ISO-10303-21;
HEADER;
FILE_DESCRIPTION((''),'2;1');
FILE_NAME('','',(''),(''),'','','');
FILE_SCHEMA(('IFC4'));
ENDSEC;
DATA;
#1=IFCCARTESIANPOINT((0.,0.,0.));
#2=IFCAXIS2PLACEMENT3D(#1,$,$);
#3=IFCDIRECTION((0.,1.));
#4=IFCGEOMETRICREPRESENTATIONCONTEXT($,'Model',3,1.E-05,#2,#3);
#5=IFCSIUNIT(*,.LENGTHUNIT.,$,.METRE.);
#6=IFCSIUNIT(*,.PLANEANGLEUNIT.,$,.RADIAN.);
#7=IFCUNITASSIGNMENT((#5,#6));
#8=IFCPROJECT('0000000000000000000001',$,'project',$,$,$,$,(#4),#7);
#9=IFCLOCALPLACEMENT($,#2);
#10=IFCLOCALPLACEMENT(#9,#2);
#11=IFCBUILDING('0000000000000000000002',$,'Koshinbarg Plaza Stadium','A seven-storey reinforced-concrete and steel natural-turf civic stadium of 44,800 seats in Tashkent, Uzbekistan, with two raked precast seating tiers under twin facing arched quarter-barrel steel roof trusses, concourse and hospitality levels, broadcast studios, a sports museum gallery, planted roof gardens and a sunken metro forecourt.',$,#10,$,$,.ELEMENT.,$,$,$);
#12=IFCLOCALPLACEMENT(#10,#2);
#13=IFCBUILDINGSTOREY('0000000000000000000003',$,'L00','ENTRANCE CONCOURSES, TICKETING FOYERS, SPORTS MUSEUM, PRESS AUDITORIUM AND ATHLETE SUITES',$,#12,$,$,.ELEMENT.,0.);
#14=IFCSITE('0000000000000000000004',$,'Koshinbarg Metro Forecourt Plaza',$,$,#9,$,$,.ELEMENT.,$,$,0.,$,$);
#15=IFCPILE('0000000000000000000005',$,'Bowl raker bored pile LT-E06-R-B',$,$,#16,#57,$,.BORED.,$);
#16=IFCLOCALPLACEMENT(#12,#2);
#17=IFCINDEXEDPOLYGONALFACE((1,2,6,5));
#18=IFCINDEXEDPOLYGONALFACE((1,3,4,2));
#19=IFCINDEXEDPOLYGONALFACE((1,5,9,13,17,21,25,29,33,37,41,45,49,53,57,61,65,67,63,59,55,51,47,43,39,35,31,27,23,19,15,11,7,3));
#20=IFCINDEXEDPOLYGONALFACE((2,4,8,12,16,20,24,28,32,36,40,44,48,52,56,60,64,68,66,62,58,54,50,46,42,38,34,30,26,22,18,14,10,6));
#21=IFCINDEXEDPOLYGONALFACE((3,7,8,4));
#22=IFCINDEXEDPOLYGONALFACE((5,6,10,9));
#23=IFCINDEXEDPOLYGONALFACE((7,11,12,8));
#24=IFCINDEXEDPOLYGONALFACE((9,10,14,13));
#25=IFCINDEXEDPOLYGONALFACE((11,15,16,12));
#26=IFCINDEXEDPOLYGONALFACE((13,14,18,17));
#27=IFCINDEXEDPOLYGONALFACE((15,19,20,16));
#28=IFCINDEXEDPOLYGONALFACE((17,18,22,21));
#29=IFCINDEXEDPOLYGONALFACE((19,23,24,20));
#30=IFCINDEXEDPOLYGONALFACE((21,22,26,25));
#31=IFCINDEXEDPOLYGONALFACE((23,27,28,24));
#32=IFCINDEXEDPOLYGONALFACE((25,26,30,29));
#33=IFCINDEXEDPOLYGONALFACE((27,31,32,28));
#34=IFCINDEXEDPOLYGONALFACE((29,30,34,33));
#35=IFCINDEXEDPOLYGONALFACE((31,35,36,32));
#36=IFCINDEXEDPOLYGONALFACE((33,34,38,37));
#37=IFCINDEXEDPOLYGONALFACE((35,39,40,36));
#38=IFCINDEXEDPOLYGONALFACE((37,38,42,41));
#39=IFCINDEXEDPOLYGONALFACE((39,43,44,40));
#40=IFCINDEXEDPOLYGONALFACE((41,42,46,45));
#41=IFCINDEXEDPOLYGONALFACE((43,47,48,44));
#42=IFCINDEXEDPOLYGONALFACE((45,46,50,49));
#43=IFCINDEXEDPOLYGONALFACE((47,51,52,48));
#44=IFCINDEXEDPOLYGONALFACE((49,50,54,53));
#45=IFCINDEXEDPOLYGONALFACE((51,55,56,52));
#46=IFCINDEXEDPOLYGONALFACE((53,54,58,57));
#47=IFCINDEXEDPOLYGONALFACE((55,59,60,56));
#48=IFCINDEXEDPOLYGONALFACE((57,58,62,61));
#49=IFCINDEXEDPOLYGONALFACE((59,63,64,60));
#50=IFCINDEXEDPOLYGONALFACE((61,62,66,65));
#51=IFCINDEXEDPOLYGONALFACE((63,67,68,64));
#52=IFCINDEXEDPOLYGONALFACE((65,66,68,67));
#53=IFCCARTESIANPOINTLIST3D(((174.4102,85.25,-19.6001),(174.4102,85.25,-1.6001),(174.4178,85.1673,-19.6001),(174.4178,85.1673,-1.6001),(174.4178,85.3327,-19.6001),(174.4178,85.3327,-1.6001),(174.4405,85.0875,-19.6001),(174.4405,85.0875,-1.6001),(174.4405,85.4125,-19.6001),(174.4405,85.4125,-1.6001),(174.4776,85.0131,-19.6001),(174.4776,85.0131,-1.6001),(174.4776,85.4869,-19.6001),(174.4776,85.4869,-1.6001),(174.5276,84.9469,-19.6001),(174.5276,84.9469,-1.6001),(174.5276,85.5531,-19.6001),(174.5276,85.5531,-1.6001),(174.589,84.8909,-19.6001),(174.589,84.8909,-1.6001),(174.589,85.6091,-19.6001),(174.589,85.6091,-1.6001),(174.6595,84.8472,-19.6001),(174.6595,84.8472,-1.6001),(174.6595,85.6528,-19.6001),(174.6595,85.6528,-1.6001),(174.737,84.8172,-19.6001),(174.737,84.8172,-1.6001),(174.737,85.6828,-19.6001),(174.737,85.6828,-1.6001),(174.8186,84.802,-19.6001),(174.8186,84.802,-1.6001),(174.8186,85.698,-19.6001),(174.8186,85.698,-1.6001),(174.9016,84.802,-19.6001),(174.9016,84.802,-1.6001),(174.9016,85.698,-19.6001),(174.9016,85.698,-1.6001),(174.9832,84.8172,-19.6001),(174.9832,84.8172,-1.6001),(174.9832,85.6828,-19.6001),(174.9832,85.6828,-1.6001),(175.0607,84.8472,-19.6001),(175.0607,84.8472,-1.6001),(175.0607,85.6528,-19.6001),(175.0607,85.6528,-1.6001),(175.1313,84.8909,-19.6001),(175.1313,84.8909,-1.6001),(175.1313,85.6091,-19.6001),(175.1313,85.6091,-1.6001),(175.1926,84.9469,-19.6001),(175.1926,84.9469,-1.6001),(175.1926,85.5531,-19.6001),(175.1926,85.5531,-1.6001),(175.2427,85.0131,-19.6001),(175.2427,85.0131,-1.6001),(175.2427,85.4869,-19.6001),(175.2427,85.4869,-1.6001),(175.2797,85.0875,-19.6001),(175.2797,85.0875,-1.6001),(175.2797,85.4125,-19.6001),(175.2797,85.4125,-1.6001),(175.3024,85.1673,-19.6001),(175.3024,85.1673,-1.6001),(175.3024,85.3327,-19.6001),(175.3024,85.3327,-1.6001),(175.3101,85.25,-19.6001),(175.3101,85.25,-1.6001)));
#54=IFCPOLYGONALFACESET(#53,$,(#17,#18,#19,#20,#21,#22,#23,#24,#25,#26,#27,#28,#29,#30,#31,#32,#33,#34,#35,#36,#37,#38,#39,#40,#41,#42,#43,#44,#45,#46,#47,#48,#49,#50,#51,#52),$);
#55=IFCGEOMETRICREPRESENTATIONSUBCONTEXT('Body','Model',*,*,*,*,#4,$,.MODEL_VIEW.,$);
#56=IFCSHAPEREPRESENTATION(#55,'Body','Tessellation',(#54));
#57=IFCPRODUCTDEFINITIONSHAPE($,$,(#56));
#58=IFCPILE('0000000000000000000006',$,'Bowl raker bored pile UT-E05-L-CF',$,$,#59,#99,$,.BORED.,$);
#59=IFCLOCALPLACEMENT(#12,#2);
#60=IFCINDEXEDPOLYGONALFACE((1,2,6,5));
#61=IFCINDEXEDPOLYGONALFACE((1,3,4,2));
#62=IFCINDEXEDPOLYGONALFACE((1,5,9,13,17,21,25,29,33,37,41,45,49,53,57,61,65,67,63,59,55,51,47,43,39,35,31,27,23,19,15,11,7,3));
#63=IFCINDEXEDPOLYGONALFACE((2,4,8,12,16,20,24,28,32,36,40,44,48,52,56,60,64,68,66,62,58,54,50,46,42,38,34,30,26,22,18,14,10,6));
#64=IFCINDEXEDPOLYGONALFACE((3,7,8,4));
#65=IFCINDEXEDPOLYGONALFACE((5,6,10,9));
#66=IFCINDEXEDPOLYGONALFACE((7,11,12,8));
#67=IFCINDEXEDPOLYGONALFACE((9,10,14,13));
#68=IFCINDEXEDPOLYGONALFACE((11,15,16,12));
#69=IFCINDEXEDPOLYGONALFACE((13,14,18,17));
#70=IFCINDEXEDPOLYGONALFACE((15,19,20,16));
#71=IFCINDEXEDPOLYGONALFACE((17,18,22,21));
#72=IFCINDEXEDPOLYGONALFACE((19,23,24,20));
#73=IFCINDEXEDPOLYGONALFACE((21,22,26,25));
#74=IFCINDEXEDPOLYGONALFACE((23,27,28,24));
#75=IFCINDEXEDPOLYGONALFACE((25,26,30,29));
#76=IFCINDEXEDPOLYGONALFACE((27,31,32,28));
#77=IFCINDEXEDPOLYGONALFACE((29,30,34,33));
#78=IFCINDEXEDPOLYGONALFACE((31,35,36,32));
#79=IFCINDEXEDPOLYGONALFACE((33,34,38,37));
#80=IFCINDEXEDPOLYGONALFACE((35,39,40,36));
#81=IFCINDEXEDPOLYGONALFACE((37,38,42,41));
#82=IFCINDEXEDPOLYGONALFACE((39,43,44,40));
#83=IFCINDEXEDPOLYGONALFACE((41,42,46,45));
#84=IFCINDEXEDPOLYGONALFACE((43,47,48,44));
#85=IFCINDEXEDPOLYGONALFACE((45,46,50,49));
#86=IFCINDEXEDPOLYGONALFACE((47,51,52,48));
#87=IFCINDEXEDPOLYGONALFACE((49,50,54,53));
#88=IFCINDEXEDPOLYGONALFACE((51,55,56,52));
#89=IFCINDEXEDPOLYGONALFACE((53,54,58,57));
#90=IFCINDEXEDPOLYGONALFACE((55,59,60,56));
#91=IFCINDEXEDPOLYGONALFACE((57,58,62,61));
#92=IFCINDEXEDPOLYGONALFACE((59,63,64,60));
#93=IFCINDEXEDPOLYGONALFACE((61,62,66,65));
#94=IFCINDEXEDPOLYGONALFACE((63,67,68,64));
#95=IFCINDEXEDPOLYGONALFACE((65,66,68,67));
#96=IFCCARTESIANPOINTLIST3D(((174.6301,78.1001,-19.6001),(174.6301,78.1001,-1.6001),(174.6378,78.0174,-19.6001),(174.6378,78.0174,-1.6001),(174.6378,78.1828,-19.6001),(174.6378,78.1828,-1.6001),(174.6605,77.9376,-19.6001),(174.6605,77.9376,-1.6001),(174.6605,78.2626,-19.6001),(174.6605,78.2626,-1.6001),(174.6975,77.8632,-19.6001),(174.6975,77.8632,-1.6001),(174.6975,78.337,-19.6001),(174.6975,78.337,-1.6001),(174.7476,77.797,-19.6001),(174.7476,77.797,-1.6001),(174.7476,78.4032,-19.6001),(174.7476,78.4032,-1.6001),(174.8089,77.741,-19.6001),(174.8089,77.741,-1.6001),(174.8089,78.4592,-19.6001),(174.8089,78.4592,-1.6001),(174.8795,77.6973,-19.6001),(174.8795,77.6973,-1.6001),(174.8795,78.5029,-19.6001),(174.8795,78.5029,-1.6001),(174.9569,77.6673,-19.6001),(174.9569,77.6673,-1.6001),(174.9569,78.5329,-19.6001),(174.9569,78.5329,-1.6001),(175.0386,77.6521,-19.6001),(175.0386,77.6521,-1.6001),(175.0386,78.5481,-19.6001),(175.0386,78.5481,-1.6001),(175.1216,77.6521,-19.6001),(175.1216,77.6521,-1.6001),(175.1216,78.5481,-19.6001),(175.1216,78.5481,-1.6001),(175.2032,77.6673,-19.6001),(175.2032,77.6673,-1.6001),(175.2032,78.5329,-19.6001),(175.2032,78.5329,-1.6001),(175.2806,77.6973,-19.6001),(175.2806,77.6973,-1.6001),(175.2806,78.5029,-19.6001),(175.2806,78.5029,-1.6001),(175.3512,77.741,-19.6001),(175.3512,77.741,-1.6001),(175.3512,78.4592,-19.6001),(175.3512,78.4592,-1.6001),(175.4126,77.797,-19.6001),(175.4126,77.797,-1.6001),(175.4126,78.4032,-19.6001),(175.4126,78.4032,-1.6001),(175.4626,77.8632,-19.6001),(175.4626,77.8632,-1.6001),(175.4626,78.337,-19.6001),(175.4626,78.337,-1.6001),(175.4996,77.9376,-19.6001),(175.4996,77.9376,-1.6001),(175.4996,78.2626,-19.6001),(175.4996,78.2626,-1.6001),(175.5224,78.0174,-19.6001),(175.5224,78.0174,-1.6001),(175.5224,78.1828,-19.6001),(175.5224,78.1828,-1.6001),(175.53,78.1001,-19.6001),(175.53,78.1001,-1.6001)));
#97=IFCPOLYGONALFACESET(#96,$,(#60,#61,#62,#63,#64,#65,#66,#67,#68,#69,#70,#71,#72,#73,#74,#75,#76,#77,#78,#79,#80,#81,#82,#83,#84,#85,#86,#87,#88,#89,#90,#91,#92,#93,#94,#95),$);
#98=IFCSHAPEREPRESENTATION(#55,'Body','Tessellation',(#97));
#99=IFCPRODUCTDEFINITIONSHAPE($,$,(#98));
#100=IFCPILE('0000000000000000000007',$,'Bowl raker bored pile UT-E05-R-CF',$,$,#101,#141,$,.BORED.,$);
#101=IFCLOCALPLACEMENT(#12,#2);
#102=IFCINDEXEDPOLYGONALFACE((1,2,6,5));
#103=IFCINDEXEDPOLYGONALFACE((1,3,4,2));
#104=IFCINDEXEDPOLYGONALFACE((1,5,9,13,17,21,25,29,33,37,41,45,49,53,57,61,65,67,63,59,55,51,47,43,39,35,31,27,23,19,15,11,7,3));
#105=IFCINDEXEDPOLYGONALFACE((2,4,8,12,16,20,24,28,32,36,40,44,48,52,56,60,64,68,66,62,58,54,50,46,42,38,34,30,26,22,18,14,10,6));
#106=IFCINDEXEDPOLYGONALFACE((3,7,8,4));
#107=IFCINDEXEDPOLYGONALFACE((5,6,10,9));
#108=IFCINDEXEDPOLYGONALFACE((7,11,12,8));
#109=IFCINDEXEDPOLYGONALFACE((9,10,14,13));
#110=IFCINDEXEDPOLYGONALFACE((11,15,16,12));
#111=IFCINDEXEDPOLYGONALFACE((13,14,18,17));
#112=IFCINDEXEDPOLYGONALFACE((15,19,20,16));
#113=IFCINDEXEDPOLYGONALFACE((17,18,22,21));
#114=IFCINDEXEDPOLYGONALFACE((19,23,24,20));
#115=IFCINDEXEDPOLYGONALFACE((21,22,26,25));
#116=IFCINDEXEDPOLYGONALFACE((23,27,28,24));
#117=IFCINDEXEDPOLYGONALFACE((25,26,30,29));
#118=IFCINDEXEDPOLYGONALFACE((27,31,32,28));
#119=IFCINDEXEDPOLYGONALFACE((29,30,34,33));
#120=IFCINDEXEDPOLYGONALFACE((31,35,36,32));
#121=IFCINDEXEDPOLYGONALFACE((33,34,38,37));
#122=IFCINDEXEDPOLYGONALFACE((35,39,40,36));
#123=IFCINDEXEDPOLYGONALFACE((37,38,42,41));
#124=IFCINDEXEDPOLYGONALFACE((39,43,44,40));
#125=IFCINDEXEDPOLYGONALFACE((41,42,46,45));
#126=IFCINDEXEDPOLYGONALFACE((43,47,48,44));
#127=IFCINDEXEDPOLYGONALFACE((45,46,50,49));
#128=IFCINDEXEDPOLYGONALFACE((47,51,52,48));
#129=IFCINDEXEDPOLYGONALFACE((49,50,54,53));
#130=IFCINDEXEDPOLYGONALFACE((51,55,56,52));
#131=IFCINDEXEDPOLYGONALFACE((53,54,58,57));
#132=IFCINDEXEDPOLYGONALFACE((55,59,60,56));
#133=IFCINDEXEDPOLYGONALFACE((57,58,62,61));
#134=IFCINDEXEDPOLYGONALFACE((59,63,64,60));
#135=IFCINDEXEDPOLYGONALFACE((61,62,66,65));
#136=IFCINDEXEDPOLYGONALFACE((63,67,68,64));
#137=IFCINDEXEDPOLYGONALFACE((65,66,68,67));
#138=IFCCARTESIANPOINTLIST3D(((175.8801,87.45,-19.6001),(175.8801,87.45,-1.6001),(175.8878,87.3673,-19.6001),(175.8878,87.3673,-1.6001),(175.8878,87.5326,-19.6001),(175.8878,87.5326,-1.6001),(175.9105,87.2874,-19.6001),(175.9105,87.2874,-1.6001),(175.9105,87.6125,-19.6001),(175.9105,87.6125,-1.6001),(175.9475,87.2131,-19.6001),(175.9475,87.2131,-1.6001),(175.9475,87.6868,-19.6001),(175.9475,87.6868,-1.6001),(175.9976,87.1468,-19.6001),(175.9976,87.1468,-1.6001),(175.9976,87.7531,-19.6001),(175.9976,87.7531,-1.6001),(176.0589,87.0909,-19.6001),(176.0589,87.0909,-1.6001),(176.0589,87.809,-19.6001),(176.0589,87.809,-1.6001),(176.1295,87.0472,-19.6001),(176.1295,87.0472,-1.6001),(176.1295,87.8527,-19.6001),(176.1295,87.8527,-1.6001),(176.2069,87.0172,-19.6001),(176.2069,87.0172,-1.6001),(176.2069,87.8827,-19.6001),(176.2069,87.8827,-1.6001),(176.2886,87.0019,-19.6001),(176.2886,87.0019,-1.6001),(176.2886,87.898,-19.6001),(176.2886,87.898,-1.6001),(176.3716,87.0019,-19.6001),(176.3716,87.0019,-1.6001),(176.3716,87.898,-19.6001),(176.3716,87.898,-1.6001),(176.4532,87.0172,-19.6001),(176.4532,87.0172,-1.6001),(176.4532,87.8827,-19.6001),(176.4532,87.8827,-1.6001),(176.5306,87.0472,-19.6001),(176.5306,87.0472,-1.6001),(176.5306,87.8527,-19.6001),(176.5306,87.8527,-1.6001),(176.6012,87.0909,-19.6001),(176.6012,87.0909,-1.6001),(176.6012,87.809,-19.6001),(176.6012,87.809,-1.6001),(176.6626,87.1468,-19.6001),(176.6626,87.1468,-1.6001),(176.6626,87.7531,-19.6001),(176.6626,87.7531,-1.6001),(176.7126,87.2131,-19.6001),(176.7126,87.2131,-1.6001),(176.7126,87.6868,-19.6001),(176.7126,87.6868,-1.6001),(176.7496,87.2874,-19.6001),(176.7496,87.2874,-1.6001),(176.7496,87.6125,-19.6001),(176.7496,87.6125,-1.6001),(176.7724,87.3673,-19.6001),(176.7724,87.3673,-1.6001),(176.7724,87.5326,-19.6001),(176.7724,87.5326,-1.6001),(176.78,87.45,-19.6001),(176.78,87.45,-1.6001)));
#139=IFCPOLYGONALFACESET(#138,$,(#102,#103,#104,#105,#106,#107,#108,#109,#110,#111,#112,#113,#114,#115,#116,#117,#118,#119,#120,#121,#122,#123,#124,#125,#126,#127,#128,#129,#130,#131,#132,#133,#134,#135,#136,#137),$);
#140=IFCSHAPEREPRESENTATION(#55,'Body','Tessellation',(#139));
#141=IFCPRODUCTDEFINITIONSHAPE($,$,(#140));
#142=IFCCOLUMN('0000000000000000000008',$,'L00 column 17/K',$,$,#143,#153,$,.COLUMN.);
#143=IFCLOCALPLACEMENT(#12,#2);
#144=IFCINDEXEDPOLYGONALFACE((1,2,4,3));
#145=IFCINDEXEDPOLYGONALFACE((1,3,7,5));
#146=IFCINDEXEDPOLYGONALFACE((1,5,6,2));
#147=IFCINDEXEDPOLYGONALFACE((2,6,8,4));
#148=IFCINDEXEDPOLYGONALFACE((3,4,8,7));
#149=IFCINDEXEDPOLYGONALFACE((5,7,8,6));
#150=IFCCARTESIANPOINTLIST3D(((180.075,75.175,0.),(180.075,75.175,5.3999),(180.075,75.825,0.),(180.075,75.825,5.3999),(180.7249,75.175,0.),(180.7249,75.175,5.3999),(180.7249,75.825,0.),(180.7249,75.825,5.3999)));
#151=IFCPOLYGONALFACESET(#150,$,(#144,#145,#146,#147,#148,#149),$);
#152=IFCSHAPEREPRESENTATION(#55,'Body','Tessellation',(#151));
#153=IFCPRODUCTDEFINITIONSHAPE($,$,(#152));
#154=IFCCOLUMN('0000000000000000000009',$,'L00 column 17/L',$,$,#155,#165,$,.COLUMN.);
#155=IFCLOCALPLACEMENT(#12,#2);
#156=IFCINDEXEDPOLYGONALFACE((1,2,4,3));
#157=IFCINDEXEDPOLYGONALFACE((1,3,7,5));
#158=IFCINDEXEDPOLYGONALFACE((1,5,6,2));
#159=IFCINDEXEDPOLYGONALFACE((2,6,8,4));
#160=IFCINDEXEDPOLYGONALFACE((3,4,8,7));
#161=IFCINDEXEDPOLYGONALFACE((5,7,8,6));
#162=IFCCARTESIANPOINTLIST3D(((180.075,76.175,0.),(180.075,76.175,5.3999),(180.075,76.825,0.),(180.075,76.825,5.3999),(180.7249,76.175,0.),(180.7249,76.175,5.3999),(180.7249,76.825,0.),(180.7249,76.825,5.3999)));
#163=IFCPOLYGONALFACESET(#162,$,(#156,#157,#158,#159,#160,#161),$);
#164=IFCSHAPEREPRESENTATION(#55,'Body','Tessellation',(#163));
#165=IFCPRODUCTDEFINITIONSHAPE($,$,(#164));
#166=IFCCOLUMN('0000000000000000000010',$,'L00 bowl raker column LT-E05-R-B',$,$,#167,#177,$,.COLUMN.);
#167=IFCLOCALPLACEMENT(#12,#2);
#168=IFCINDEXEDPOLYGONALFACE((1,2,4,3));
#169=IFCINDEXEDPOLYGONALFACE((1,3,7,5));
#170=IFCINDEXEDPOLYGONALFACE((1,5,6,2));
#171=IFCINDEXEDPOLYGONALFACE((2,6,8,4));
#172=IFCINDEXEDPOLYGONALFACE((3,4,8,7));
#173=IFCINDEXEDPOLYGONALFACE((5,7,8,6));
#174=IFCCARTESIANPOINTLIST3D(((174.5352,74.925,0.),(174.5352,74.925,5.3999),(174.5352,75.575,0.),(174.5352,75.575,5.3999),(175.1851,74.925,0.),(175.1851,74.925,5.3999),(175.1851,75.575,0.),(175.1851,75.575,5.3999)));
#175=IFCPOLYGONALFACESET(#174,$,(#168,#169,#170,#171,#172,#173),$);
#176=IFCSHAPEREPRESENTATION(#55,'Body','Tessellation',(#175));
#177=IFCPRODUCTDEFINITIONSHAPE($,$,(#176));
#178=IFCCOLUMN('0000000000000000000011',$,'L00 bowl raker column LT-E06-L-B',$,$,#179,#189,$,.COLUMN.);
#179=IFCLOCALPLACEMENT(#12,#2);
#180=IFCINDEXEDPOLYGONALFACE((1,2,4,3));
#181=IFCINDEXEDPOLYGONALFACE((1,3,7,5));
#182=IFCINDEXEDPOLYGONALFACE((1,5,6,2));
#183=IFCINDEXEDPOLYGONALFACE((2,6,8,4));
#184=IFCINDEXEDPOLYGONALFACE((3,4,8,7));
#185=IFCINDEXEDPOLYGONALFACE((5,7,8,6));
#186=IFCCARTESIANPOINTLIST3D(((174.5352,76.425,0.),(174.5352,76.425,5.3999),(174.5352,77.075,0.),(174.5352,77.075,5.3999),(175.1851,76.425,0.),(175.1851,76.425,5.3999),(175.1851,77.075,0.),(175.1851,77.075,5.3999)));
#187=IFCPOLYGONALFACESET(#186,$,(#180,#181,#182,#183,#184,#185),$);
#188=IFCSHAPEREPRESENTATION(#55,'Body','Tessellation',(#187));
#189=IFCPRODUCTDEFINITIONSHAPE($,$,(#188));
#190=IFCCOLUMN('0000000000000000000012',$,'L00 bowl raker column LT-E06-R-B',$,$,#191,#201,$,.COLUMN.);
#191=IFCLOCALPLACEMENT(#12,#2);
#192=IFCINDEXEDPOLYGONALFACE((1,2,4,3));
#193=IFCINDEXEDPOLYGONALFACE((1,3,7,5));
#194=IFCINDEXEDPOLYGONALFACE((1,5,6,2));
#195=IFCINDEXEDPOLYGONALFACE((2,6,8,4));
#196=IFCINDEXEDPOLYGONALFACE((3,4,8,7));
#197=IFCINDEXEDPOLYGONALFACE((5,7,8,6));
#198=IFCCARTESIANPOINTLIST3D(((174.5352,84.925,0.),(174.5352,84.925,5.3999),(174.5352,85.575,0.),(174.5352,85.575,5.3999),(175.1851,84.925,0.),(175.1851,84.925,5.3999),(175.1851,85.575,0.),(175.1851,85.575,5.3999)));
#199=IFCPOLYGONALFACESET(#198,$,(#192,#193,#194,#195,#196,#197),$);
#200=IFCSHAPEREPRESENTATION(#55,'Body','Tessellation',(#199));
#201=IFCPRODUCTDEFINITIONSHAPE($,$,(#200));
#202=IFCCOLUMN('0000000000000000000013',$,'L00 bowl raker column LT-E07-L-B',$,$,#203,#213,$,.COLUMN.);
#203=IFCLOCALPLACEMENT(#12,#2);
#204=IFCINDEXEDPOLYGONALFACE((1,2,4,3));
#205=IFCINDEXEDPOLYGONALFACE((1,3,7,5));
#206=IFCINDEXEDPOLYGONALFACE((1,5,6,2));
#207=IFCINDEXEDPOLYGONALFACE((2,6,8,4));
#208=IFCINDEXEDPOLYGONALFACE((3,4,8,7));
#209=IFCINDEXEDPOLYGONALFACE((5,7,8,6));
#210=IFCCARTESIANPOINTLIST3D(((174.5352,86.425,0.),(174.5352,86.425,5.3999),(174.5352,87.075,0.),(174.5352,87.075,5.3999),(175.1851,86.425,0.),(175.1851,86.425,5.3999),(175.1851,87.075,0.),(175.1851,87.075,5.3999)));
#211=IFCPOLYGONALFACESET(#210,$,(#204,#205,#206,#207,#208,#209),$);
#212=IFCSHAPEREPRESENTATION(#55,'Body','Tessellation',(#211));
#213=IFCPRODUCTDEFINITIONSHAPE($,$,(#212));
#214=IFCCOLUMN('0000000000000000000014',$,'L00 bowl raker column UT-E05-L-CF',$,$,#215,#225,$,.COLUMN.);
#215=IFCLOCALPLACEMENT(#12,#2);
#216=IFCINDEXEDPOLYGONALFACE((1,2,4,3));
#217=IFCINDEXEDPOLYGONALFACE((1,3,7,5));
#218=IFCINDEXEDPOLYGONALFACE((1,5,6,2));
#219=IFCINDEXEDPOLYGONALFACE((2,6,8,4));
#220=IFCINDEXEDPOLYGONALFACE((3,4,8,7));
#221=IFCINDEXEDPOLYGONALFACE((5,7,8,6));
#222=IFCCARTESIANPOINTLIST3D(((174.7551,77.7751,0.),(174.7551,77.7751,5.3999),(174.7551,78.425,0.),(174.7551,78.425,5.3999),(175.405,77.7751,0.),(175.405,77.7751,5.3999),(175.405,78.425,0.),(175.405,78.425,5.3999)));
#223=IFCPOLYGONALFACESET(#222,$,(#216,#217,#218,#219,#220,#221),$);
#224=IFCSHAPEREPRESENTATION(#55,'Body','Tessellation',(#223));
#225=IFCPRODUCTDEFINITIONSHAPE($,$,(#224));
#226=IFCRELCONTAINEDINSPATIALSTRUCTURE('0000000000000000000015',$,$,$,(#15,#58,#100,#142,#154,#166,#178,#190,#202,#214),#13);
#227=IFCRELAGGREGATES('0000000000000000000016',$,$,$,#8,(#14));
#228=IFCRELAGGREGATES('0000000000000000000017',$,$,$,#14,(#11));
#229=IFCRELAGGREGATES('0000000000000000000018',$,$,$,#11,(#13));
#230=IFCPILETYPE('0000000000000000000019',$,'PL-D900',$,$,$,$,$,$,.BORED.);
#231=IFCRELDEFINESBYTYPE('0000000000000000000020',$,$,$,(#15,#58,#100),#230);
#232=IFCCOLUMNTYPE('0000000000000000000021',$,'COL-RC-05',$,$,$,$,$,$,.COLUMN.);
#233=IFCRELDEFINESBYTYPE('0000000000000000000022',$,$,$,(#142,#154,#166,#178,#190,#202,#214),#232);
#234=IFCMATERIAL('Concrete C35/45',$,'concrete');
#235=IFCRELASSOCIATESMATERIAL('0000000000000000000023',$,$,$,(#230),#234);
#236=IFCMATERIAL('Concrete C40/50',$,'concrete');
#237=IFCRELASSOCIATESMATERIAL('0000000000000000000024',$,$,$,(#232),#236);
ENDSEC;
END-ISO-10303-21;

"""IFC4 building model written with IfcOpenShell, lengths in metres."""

from ifc_helpers import new_model, si_unit, direction, frame, origin, origin_2d, place, context, subcontext, project, spatial, rectangle, circle, extrude, material, material_profile, profile_set, type_object, element, save


model = new_model("IFC4")

# Units and contexts
model_context = context("Model", 3, precision=1e-05, world=origin(), true_north=direction((0.0, 1.0)))
body_context = subcontext(model_context, "Body", "Model", "MODEL_VIEW")
ifc_project = project(units=[si_unit("LENGTHUNIT", "METRE"), si_unit("PLANEANGLEUNIT", "RADIAN")], contexts=[model_context])

# Site, building, storey
site_placement = place(None, origin())
site = spatial("IfcSite", under=ifc_project, at=site_placement, Name="Koshinbarg Metro Forecourt Plaza", CompositionType="ELEMENT", RefElevation=0.0)
building_placement = place(site_placement, origin())
building = spatial("IfcBuilding", under=site, at=building_placement, Name="Koshinbarg Plaza Stadium", Description="A seven-storey reinforced-concrete and steel natural-turf civic stadium of 44,800 seats in Tashkent, Uzbekistan, with two raked precast seating tiers under twin facing arched quarter-barrel steel roof trusses, concourse and hospitality levels, broadcast studios, a sports museum gallery, planted roof gardens and a sunken metro forecourt.", CompositionType="ELEMENT")
storey_placement = place(building_placement, origin())
storey = spatial("IfcBuildingStorey", under=building, at=storey_placement, Name="L00", Description="ENTRANCE CONCOURSES, TICKETING FOYERS, SPORTS MUSEUM, PRESS AUDITORIUM AND ATHLETE SUITES", CompositionType="ELEMENT", Elevation=0.0)

# Shared definitions
ifc_material_1 = material(Name="Concrete C35/45", Category="concrete")

# Piles
ifc_material_profile_1 = material_profile(ifc_material_1, circle(Radius=0.45, at=origin_2d()), Name="PILE D900")
ifc_profile_set_1 = profile_set([ifc_material_profile_1], Name="Concrete C35/45")
pile_type_1 = type_object("IfcPileType", Name="PL-D900", PredefinedType="BORED", material=ifc_profile_set_1)
for number, where, z_axis, x_axis, name in (
    (1, (174.8601, 85.25, -1.6001), (0.0, 0.0, -1.0), (1.0, 0.0, 0.0), "Bowl raker bored pile LT-E06-R-B"),
    (2, (175.0801, 78.1001, -1.6001), (0.0, 0.0, -1.0), (1.0, 0.0, 0.0), "Bowl raker bored pile UT-E05-L-CF"),
    (3, (176.3301, 87.45, -1.6001), (0.0, 0.0, -1.0), (1.0, 0.0, 0.0), "Bowl raker bored pile UT-E05-R-CF"),
):
    element("IfcPile", number, at=place(storey_placement, frame(where, z_axis=z_axis, x_axis=x_axis)), inside=storey, type_object=pile_type_1, Name=name, PredefinedType="BORED", context=body_context, shape_type="SweptSolid", body=[
        extrude(circle(Radius=0.45, at=origin_2d()), origin(), (0.0, 0.0, 1.0), 18.0),
    ])

# Columns
ifc_material_2 = material(Name="Concrete C40/50", Category="concrete")
ifc_material_profile_2 = material_profile(ifc_material_2, rectangle(XDim=0.6499, YDim=0.6499, at=origin_2d()), Name="RC 650x650")
ifc_profile_set_2 = profile_set([ifc_material_profile_2], Name="Concrete C40/50")
column_type_1 = type_object("IfcColumnType", Name="COL-RC-05", PredefinedType="COLUMN", material=ifc_profile_set_2)
for number, where, z_axis, x_axis, name in (
    (4, (180.3999, 75.5, 0.0), (0.0, 0.0, 1.0), (1.0, 0.0, 0.0), "L00 column 17/K"),
    (5, (180.3999, 76.5, 0.0), (0.0, 0.0, 1.0), (1.0, 0.0, 0.0), "L00 column 17/L"),
    (6, (174.8601, 75.25, 0.0), (0.0, 0.0, 1.0), (1.0, 0.0, 0.0), "L00 bowl raker column LT-E05-R-B"),
    (7, (174.8601, 76.75, 0.0), (0.0, 0.0, 1.0), (1.0, 0.0, 0.0), "L00 bowl raker column LT-E06-L-B"),
    (8, (174.8601, 85.25, 0.0), (0.0, 0.0, 1.0), (1.0, 0.0, 0.0), "L00 bowl raker column LT-E06-R-B"),
    (9, (174.8601, 86.75, 0.0), (0.0, 0.0, 1.0), (1.0, 0.0, 0.0), "L00 bowl raker column LT-E07-L-B"),
    (10, (175.0801, 78.1001, 0.0), (0.0, 0.0, 1.0), (1.0, 0.0, 0.0), "L00 bowl raker column UT-E05-L-CF"),
):
    element("IfcColumn", number, at=place(storey_placement, frame(where, z_axis=z_axis, x_axis=x_axis)), inside=storey, type_object=column_type_1, Name=name, PredefinedType="COLUMN", context=body_context, shape_type="SweptSolid", body=[
        extrude(rectangle(XDim=0.6499, YDim=0.6499, at=origin_2d()), origin(), (0.0, 0.0, 1.0), 5.3999),
    ])

save(model, "model.ifc")
